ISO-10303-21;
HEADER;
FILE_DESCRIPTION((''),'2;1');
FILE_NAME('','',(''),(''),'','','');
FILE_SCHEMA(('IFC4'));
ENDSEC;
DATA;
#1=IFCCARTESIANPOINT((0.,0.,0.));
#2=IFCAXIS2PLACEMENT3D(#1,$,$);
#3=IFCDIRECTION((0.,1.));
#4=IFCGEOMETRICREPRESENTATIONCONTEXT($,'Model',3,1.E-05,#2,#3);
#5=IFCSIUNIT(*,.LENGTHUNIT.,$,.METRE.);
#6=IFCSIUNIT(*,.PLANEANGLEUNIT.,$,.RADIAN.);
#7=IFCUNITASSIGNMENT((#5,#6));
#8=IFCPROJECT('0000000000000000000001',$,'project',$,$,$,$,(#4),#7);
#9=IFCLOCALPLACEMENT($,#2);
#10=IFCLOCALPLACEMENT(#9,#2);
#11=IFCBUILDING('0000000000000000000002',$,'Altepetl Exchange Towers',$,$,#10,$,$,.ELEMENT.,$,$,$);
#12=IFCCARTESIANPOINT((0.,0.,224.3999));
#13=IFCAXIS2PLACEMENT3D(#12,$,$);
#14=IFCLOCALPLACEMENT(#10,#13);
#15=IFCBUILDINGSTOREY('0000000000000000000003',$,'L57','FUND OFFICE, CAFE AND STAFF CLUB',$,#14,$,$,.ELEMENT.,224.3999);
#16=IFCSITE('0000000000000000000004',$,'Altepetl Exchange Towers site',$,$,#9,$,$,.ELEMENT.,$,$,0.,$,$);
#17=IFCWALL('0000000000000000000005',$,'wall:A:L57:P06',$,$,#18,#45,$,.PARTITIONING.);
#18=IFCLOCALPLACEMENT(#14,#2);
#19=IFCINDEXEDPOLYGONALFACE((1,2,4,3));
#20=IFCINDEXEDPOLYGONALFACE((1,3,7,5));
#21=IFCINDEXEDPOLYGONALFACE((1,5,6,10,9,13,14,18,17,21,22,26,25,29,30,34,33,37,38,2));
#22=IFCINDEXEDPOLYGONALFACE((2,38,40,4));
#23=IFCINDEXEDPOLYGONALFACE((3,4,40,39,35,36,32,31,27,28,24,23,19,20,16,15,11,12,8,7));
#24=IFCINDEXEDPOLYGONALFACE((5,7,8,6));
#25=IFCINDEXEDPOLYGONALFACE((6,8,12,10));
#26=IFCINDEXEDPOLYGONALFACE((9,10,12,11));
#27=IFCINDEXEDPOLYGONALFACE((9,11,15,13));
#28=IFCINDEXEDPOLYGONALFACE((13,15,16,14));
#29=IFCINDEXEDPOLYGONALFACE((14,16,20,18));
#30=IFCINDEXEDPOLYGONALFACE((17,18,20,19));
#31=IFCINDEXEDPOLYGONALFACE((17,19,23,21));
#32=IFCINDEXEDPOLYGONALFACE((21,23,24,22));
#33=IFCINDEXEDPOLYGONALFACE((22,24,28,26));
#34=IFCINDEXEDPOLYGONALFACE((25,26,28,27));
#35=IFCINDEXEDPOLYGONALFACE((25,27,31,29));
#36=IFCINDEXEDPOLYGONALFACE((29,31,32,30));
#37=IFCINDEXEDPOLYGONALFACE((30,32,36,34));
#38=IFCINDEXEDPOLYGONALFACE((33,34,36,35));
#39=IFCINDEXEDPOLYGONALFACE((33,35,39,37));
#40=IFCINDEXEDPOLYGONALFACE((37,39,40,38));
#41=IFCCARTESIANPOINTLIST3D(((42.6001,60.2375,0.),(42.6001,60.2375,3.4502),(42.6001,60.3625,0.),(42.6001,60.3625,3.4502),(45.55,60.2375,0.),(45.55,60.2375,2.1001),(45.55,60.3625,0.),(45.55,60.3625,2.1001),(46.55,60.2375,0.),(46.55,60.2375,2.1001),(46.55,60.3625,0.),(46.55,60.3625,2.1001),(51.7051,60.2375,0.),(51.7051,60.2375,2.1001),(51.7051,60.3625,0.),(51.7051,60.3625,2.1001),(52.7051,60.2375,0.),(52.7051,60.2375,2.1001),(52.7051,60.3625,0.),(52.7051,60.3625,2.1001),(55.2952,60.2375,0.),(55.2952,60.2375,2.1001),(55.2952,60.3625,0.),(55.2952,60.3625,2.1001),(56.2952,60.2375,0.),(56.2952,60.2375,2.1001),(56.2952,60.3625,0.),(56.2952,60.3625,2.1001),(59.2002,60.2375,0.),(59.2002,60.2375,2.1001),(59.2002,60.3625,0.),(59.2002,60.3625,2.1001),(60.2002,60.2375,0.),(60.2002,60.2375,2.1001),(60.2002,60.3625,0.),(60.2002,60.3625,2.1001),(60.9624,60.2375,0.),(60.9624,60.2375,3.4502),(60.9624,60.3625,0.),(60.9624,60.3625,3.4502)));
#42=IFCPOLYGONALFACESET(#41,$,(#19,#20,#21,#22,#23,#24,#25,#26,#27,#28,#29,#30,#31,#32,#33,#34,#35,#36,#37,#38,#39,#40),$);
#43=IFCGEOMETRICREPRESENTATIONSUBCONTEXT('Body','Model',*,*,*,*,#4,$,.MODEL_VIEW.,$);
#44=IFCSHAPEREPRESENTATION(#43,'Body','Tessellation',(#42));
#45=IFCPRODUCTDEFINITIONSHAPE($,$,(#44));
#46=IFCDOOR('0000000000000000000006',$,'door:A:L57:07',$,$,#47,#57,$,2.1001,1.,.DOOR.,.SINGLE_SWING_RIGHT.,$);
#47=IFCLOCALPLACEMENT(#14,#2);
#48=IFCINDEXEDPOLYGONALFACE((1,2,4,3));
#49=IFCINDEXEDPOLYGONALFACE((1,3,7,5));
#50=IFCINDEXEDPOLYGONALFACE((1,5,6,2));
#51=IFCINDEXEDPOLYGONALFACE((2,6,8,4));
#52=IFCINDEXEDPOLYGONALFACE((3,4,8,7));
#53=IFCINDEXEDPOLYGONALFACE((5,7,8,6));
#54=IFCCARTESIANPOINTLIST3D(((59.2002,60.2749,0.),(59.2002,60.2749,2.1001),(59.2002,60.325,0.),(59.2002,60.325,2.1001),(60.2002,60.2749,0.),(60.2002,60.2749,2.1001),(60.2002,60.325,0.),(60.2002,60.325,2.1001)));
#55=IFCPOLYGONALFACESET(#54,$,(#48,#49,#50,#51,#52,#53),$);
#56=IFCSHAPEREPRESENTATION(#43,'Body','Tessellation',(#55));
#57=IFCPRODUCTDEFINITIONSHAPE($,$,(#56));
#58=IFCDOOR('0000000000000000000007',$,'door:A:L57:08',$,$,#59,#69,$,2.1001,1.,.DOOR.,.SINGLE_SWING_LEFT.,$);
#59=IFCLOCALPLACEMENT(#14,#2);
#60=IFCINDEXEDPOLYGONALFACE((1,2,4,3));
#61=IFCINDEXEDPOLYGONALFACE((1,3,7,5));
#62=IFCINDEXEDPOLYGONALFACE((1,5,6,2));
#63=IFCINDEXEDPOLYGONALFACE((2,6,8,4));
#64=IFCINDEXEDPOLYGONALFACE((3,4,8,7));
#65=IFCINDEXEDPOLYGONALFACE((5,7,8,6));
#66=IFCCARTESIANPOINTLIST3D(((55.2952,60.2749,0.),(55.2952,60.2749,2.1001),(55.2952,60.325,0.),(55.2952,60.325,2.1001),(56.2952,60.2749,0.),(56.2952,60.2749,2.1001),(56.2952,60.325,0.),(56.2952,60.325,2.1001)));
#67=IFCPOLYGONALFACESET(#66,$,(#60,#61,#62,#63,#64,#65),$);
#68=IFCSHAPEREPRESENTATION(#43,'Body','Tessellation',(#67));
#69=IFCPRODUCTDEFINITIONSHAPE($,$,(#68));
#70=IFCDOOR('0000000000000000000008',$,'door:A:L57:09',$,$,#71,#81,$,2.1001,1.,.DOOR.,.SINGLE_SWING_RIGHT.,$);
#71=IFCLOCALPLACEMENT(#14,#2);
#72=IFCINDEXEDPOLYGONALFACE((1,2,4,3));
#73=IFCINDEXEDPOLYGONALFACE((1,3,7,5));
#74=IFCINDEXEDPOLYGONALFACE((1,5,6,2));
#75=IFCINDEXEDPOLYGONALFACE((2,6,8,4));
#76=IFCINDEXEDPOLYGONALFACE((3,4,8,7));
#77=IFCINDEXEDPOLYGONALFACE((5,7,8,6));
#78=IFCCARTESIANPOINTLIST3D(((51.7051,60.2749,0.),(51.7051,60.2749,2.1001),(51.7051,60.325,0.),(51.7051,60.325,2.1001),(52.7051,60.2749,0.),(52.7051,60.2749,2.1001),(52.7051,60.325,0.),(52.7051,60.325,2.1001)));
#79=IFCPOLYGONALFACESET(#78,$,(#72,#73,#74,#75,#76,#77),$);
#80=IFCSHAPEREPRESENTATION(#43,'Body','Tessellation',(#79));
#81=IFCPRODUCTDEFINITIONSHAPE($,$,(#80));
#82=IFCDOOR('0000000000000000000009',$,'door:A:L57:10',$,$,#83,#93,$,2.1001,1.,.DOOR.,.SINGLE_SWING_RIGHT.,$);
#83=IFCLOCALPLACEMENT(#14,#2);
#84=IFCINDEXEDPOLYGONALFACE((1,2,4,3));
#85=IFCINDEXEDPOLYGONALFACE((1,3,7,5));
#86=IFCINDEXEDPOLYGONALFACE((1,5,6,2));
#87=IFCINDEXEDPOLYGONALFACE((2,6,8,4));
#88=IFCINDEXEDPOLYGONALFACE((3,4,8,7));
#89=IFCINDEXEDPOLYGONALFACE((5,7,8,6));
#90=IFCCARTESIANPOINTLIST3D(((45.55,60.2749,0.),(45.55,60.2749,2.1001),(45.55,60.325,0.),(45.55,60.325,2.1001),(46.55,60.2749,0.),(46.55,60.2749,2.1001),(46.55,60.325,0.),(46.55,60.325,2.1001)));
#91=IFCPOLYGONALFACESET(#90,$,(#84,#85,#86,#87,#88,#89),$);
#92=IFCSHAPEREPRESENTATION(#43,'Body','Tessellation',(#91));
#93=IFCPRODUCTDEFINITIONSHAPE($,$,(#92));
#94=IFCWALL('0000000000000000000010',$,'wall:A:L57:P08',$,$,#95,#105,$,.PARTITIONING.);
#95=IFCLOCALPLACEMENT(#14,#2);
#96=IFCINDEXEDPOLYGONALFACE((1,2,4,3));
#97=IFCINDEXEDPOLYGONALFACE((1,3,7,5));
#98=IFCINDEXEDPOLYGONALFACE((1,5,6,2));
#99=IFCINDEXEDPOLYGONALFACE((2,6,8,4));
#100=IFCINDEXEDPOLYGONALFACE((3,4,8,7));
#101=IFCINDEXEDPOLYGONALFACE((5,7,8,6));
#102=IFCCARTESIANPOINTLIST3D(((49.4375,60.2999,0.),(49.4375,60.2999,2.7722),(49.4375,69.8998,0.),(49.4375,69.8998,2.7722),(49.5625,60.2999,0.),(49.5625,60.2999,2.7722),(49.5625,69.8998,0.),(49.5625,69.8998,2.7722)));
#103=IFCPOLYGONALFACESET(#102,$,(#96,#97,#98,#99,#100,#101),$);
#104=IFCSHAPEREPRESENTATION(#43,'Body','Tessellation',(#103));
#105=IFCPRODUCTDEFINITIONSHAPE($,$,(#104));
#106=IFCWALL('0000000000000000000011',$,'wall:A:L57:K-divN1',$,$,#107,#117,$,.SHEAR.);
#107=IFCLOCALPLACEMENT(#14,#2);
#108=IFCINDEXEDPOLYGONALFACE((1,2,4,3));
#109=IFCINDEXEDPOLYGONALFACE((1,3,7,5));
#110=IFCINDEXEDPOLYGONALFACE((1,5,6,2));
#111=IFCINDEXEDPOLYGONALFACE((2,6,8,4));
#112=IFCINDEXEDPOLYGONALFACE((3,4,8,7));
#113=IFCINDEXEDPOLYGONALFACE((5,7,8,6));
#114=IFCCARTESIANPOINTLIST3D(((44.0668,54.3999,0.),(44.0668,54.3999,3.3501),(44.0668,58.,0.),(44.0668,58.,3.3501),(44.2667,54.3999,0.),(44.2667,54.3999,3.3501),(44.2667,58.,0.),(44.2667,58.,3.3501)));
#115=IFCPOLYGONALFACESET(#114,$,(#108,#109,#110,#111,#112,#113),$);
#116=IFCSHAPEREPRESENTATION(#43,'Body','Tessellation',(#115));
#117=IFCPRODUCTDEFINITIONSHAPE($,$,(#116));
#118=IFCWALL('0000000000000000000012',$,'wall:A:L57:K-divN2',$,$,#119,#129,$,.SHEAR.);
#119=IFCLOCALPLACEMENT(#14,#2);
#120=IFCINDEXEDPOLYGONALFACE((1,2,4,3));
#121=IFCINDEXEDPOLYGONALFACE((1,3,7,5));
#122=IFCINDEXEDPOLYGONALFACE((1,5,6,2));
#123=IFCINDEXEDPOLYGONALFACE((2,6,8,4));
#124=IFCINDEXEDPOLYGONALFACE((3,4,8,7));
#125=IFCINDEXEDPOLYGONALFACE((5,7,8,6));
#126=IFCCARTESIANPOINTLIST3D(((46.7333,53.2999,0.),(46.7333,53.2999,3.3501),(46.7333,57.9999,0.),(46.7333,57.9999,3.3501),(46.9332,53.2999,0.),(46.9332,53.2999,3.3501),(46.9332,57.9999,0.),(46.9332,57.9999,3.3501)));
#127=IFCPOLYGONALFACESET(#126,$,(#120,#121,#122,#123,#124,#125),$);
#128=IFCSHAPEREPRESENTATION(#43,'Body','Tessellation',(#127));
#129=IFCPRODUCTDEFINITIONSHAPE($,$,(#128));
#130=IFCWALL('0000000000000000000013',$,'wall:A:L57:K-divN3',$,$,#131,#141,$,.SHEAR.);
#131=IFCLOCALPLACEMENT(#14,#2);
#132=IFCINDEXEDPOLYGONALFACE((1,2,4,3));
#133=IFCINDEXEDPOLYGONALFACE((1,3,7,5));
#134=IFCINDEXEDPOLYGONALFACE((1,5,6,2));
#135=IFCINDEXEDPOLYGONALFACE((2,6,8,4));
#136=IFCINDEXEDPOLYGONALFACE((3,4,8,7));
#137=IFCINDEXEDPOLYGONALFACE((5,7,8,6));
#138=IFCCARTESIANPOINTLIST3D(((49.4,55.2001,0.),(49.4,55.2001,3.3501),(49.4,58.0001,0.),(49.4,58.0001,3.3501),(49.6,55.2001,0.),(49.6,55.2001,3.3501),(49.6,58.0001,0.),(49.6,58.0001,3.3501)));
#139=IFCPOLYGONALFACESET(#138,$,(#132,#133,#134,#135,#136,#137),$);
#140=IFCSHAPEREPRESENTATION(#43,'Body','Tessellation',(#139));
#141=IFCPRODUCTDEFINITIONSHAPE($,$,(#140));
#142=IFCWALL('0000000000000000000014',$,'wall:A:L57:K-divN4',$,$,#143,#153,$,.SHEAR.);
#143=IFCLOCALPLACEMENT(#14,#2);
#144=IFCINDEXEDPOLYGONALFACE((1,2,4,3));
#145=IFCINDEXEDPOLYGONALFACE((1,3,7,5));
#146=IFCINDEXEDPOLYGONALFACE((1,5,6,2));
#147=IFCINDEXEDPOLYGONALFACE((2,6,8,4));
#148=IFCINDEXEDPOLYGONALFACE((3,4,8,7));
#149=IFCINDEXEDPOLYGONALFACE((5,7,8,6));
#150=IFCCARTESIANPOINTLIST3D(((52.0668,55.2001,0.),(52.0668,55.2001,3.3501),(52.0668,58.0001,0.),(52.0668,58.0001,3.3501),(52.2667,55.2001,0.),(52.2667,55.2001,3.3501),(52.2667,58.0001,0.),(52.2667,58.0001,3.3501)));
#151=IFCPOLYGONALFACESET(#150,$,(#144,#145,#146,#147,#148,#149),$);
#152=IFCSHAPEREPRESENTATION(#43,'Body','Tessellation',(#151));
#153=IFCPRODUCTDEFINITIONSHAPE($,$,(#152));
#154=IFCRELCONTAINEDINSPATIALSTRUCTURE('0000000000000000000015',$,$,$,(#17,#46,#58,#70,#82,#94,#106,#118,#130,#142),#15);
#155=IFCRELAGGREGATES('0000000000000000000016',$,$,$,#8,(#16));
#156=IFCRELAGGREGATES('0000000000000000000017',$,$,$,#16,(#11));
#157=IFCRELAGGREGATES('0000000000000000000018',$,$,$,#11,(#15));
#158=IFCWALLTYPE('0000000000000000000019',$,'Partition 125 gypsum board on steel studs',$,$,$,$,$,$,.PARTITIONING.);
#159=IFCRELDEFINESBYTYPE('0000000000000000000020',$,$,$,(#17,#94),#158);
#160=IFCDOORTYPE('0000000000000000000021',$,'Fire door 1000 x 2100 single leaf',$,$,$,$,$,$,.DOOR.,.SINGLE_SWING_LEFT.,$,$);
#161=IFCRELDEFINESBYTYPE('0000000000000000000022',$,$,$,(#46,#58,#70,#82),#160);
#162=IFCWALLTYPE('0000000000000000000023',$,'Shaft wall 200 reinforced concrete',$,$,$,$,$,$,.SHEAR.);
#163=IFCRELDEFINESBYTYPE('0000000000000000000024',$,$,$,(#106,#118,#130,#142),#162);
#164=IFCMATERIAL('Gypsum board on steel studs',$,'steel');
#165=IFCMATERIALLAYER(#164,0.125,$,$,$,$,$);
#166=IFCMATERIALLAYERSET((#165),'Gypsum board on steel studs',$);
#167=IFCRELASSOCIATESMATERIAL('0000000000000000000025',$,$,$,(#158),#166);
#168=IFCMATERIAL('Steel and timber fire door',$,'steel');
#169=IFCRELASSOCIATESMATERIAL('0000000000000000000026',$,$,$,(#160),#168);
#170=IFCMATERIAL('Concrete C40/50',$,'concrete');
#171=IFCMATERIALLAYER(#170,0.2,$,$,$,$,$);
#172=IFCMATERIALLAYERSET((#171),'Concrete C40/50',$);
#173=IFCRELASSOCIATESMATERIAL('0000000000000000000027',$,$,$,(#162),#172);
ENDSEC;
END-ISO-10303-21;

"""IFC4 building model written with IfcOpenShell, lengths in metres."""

from ifc_helpers import new_model, si_unit, direction, frame, frame_2d, origin, place, context, subcontext, project, spatial, rectangle, extrude, material, layer, layer_set, type_object, element, fill, save


model = new_model("IFC4")

# Units and contexts
model_context = context("Model", 3, precision=1e-05, world=origin(), true_north=direction((0.0, 1.0)))
body_context = subcontext(model_context, "Body", "Model", "MODEL_VIEW")
ifc_project = project(units=[si_unit("LENGTHUNIT", "METRE"), si_unit("PLANEANGLEUNIT", "RADIAN")], contexts=[model_context])

# Site, building, storey
site_placement = place(None, origin())
site = spatial("IfcSite", under=ifc_project, at=site_placement, Name="Altepetl Exchange Towers site", CompositionType="ELEMENT", RefElevation=0.0)
building_placement = place(site_placement, origin())
building = spatial("IfcBuilding", under=site, at=building_placement, Name="Altepetl Exchange Towers", CompositionType="ELEMENT")
storey_placement = place(building_placement, frame((0.0, 0.0, 224.3999)))
storey = spatial("IfcBuildingStorey", under=building, at=storey_placement, Name="L57", Description="FUND OFFICE, CAFE AND STAFF CLUB", CompositionType="ELEMENT", Elevation=224.3999)

# Wall, openings, doors
ifc_material_1 = material(Name="Gypsum board on steel studs", Category="steel")
ifc_layer_1 = layer(ifc_material_1, 0.125)
ifc_layer_set_1 = layer_set([ifc_layer_1], Name="Gypsum board on steel studs")
wall_type_1 = type_object("IfcWallType", Name="Partition 125 gypsum board on steel studs", PredefinedType="PARTITIONING", material=ifc_layer_set_1)
wall_1_placement = place(storey_placement, frame((42.6001, 60.3, 0.0)))
wall_1 = element("IfcWall", 1, at=wall_1_placement, inside=storey, type_object=wall_type_1, Name="wall:A:L57:P06", PredefinedType="PARTITIONING", context=body_context, shape_type="SweptSolid", body=[
    extrude(rectangle(XDim=18.3623, YDim=0.125, at=frame_2d((9.1812, 0.0))), origin(), (0.0, 0.0, 1.0), 3.4502),
])
opening_1_placement = place(wall_1_placement, frame((16.6001, 0.0, 0.0)))
opening_1 = element("IfcOpeningElement", 2, at=opening_1_placement, cuts=wall_1, PredefinedType="OPENING", context=body_context, shape_type="SweptSolid", body=[
    extrude(rectangle(XDim=1.0, YDim=2.1001, at=frame_2d((0.5, 1.05))), frame((0.0, 0.0725, 0.0), z_axis=(0.0, -1.0, 0.0), x_axis=(1.0, 0.0, 0.0)), (0.0, 0.0, 1.0), 0.145),
])
opening_2_placement = place(wall_1_placement, frame((12.6951, 0.0, 0.0)))
opening_2 = element("IfcOpeningElement", 3, at=opening_2_placement, cuts=wall_1, PredefinedType="OPENING", context=body_context, shape_type="SweptSolid", body=[
    extrude(rectangle(XDim=1.0, YDim=2.1001, at=frame_2d((0.5, 1.05))), frame((0.0, 0.0725, 0.0), z_axis=(0.0, -1.0, 0.0), x_axis=(1.0, 0.0, 0.0)), (0.0, 0.0, 1.0), 0.145),
])
opening_3_placement = place(wall_1_placement, frame((9.105, 0.0, 0.0)))
opening_3 = element("IfcOpeningElement", 4, at=opening_3_placement, cuts=wall_1, PredefinedType="OPENING", context=body_context, shape_type="SweptSolid", body=[
    extrude(rectangle(XDim=1.0, YDim=2.1001, at=frame_2d((0.5, 1.05))), frame((0.0, 0.0725, 0.0), z_axis=(0.0, -1.0, 0.0), x_axis=(1.0, 0.0, 0.0)), (0.0, 0.0, 1.0), 0.145),
])
opening_4_placement = place(wall_1_placement, frame((2.95, 0.0, 0.0)))
opening_4 = element("IfcOpeningElement", 5, at=opening_4_placement, cuts=wall_1, PredefinedType="OPENING", context=body_context, shape_type="SweptSolid", body=[
    extrude(rectangle(XDim=1.0, YDim=2.1001, at=frame_2d((0.5, 1.05))), frame((0.0, 0.0725, 0.0), z_axis=(0.0, -1.0, 0.0), x_axis=(1.0, 0.0, 0.0)), (0.0, 0.0, 1.0), 0.145),
])
ifc_material_2 = material(Name="Steel and timber fire door", Category="steel")
door_type_1 = type_object("IfcDoorType", Name="Fire door 1000 x 2100 single leaf", OperationType="SINGLE_SWING_LEFT", PredefinedType="DOOR", material=ifc_material_2)
door_1_placement = place(opening_1_placement, origin())
door_1 = element("IfcDoor", 6, at=door_1_placement, inside=storey, type_object=door_type_1, Name="door:A:L57:07", OperationType="SINGLE_SWING_RIGHT", OverallHeight=2.1001, OverallWidth=1.0, PredefinedType="DOOR", context=body_context, shape_type="SweptSolid", body=[
    extrude(rectangle(XDim=1.0, YDim=2.1001, at=frame_2d((0.5, 1.05))), frame((0.0, 0.0249, 0.0), z_axis=(0.0, -1.0, 0.0), x_axis=(1.0, 0.0, 0.0)), (0.0, 0.0, 1.0), 0.05),
])
fill(opening_1, door_1)
door_2_placement = place(opening_2_placement, origin())
door_2 = element("IfcDoor", 7, at=door_2_placement, inside=storey, type_object=door_type_1, Name="door:A:L57:08", OperationType="SINGLE_SWING_LEFT", OverallHeight=2.1001, OverallWidth=1.0, PredefinedType="DOOR", context=body_context, shape_type="SweptSolid", body=[
    extrude(rectangle(XDim=1.0, YDim=2.1001, at=frame_2d((0.5, 1.05))), frame((0.0, 0.0249, 0.0), z_axis=(0.0, -1.0, 0.0), x_axis=(1.0, 0.0, 0.0)), (0.0, 0.0, 1.0), 0.05),
])
fill(opening_2, door_2)
door_3_placement = place(opening_3_placement, origin())
door_3 = element("IfcDoor", 8, at=door_3_placement, inside=storey, type_object=door_type_1, Name="door:A:L57:09", OperationType="SINGLE_SWING_RIGHT", OverallHeight=2.1001, OverallWidth=1.0, PredefinedType="DOOR", context=body_context, shape_type="SweptSolid", body=[
    extrude(rectangle(XDim=1.0, YDim=2.1001, at=frame_2d((0.5, 1.05))), frame((0.0, 0.0249, 0.0), z_axis=(0.0, -1.0, 0.0), x_axis=(1.0, 0.0, 0.0)), (0.0, 0.0, 1.0), 0.05),
])
fill(opening_3, door_3)
door_4_placement = place(opening_4_placement, origin())
door_4 = element("IfcDoor", 9, at=door_4_placement, inside=storey, type_object=door_type_1, Name="door:A:L57:10", OperationType="SINGLE_SWING_RIGHT", OverallHeight=2.1001, OverallWidth=1.0, PredefinedType="DOOR", context=body_context, shape_type="SweptSolid", body=[
    extrude(rectangle(XDim=1.0, YDim=2.1001, at=frame_2d((0.5, 1.05))), frame((0.0, 0.0249, 0.0), z_axis=(0.0, -1.0, 0.0), x_axis=(1.0, 0.0, 0.0)), (0.0, 0.0, 1.0), 0.05),
])
fill(opening_4, door_4)

# Walls
wall_2_placement = place(storey_placement, frame((49.5, 60.3, 0.0), z_axis=(0.0, 0.0, 1.0), x_axis=(0.0, 1.0, 0.0)))
element("IfcWall", 10, at=wall_2_placement, inside=storey, type_object=wall_type_1, Name="wall:A:L57:P08", PredefinedType="PARTITIONING", context=body_context, shape_type="SweptSolid", body=[
    extrude(rectangle(XDim=9.5999, YDim=0.125, at=frame_2d((4.7998, 0.0))), origin(), (0.0, 0.0, 1.0), 2.7722),
])
ifc_material_3 = material(Name="Concrete C40/50", Category="concrete")
ifc_layer_2 = layer(ifc_material_3, 0.2)
ifc_layer_set_2 = layer_set([ifc_layer_2], Name="Concrete C40/50")
wall_type_2 = type_object("IfcWallType", Name="Shaft wall 200 reinforced concrete", PredefinedType="SHEAR", material=ifc_layer_set_2)
wall_3_placement = place(storey_placement, frame((44.1667, 58.0, 0.0), z_axis=(0.0, 0.0, 1.0), x_axis=(0.0, -1.0, 0.0)))
element("IfcWall", 11, at=wall_3_placement, inside=storey, type_object=wall_type_2, Name="wall:A:L57:K-divN1", PredefinedType="SHEAR", context=body_context, shape_type="SweptSolid", body=[
    extrude(rectangle(XDim=3.6001, YDim=0.2, at=frame_2d((1.8, 0.0))), origin(), (0.0, 0.0, 1.0), 3.3501),
])
wall_4_placement = place(storey_placement, frame((46.8333, 58.0, 0.0), z_axis=(0.0, 0.0, 1.0), x_axis=(0.0, -1.0, 0.0)))
element("IfcWall", 12, at=wall_4_placement, inside=storey, type_object=wall_type_2, Name="wall:A:L57:K-divN2", PredefinedType="SHEAR", context=body_context, shape_type="SweptSolid", body=[
    extrude(rectangle(XDim=4.7, YDim=0.2, at=frame_2d((2.3501, 0.0))), origin(), (0.0, 0.0, 1.0), 3.3501),
])
for number, where, z_axis, x_axis, name in (
    (13, (49.5, 58.0, 0.0), (0.0, 0.0, 1.0), (0.0, -1.0, 0.0), "wall:A:L57:K-divN3"),
    (14, (52.1667, 58.0, 0.0), (0.0, 0.0, 1.0), (0.0, -1.0, 0.0), "wall:A:L57:K-divN4"),
):
    element("IfcWall", number, at=place(storey_placement, frame(where, z_axis=z_axis, x_axis=x_axis)), inside=storey, type_object=wall_type_2, Name=name, PredefinedType="SHEAR", context=body_context, shape_type="SweptSolid", body=[
        extrude(rectangle(XDim=2.8, YDim=0.2, at=frame_2d((1.3999, 0.0))), origin(), (0.0, 0.0, 1.0), 3.3501),
    ])

save(model, "model.ifc")
